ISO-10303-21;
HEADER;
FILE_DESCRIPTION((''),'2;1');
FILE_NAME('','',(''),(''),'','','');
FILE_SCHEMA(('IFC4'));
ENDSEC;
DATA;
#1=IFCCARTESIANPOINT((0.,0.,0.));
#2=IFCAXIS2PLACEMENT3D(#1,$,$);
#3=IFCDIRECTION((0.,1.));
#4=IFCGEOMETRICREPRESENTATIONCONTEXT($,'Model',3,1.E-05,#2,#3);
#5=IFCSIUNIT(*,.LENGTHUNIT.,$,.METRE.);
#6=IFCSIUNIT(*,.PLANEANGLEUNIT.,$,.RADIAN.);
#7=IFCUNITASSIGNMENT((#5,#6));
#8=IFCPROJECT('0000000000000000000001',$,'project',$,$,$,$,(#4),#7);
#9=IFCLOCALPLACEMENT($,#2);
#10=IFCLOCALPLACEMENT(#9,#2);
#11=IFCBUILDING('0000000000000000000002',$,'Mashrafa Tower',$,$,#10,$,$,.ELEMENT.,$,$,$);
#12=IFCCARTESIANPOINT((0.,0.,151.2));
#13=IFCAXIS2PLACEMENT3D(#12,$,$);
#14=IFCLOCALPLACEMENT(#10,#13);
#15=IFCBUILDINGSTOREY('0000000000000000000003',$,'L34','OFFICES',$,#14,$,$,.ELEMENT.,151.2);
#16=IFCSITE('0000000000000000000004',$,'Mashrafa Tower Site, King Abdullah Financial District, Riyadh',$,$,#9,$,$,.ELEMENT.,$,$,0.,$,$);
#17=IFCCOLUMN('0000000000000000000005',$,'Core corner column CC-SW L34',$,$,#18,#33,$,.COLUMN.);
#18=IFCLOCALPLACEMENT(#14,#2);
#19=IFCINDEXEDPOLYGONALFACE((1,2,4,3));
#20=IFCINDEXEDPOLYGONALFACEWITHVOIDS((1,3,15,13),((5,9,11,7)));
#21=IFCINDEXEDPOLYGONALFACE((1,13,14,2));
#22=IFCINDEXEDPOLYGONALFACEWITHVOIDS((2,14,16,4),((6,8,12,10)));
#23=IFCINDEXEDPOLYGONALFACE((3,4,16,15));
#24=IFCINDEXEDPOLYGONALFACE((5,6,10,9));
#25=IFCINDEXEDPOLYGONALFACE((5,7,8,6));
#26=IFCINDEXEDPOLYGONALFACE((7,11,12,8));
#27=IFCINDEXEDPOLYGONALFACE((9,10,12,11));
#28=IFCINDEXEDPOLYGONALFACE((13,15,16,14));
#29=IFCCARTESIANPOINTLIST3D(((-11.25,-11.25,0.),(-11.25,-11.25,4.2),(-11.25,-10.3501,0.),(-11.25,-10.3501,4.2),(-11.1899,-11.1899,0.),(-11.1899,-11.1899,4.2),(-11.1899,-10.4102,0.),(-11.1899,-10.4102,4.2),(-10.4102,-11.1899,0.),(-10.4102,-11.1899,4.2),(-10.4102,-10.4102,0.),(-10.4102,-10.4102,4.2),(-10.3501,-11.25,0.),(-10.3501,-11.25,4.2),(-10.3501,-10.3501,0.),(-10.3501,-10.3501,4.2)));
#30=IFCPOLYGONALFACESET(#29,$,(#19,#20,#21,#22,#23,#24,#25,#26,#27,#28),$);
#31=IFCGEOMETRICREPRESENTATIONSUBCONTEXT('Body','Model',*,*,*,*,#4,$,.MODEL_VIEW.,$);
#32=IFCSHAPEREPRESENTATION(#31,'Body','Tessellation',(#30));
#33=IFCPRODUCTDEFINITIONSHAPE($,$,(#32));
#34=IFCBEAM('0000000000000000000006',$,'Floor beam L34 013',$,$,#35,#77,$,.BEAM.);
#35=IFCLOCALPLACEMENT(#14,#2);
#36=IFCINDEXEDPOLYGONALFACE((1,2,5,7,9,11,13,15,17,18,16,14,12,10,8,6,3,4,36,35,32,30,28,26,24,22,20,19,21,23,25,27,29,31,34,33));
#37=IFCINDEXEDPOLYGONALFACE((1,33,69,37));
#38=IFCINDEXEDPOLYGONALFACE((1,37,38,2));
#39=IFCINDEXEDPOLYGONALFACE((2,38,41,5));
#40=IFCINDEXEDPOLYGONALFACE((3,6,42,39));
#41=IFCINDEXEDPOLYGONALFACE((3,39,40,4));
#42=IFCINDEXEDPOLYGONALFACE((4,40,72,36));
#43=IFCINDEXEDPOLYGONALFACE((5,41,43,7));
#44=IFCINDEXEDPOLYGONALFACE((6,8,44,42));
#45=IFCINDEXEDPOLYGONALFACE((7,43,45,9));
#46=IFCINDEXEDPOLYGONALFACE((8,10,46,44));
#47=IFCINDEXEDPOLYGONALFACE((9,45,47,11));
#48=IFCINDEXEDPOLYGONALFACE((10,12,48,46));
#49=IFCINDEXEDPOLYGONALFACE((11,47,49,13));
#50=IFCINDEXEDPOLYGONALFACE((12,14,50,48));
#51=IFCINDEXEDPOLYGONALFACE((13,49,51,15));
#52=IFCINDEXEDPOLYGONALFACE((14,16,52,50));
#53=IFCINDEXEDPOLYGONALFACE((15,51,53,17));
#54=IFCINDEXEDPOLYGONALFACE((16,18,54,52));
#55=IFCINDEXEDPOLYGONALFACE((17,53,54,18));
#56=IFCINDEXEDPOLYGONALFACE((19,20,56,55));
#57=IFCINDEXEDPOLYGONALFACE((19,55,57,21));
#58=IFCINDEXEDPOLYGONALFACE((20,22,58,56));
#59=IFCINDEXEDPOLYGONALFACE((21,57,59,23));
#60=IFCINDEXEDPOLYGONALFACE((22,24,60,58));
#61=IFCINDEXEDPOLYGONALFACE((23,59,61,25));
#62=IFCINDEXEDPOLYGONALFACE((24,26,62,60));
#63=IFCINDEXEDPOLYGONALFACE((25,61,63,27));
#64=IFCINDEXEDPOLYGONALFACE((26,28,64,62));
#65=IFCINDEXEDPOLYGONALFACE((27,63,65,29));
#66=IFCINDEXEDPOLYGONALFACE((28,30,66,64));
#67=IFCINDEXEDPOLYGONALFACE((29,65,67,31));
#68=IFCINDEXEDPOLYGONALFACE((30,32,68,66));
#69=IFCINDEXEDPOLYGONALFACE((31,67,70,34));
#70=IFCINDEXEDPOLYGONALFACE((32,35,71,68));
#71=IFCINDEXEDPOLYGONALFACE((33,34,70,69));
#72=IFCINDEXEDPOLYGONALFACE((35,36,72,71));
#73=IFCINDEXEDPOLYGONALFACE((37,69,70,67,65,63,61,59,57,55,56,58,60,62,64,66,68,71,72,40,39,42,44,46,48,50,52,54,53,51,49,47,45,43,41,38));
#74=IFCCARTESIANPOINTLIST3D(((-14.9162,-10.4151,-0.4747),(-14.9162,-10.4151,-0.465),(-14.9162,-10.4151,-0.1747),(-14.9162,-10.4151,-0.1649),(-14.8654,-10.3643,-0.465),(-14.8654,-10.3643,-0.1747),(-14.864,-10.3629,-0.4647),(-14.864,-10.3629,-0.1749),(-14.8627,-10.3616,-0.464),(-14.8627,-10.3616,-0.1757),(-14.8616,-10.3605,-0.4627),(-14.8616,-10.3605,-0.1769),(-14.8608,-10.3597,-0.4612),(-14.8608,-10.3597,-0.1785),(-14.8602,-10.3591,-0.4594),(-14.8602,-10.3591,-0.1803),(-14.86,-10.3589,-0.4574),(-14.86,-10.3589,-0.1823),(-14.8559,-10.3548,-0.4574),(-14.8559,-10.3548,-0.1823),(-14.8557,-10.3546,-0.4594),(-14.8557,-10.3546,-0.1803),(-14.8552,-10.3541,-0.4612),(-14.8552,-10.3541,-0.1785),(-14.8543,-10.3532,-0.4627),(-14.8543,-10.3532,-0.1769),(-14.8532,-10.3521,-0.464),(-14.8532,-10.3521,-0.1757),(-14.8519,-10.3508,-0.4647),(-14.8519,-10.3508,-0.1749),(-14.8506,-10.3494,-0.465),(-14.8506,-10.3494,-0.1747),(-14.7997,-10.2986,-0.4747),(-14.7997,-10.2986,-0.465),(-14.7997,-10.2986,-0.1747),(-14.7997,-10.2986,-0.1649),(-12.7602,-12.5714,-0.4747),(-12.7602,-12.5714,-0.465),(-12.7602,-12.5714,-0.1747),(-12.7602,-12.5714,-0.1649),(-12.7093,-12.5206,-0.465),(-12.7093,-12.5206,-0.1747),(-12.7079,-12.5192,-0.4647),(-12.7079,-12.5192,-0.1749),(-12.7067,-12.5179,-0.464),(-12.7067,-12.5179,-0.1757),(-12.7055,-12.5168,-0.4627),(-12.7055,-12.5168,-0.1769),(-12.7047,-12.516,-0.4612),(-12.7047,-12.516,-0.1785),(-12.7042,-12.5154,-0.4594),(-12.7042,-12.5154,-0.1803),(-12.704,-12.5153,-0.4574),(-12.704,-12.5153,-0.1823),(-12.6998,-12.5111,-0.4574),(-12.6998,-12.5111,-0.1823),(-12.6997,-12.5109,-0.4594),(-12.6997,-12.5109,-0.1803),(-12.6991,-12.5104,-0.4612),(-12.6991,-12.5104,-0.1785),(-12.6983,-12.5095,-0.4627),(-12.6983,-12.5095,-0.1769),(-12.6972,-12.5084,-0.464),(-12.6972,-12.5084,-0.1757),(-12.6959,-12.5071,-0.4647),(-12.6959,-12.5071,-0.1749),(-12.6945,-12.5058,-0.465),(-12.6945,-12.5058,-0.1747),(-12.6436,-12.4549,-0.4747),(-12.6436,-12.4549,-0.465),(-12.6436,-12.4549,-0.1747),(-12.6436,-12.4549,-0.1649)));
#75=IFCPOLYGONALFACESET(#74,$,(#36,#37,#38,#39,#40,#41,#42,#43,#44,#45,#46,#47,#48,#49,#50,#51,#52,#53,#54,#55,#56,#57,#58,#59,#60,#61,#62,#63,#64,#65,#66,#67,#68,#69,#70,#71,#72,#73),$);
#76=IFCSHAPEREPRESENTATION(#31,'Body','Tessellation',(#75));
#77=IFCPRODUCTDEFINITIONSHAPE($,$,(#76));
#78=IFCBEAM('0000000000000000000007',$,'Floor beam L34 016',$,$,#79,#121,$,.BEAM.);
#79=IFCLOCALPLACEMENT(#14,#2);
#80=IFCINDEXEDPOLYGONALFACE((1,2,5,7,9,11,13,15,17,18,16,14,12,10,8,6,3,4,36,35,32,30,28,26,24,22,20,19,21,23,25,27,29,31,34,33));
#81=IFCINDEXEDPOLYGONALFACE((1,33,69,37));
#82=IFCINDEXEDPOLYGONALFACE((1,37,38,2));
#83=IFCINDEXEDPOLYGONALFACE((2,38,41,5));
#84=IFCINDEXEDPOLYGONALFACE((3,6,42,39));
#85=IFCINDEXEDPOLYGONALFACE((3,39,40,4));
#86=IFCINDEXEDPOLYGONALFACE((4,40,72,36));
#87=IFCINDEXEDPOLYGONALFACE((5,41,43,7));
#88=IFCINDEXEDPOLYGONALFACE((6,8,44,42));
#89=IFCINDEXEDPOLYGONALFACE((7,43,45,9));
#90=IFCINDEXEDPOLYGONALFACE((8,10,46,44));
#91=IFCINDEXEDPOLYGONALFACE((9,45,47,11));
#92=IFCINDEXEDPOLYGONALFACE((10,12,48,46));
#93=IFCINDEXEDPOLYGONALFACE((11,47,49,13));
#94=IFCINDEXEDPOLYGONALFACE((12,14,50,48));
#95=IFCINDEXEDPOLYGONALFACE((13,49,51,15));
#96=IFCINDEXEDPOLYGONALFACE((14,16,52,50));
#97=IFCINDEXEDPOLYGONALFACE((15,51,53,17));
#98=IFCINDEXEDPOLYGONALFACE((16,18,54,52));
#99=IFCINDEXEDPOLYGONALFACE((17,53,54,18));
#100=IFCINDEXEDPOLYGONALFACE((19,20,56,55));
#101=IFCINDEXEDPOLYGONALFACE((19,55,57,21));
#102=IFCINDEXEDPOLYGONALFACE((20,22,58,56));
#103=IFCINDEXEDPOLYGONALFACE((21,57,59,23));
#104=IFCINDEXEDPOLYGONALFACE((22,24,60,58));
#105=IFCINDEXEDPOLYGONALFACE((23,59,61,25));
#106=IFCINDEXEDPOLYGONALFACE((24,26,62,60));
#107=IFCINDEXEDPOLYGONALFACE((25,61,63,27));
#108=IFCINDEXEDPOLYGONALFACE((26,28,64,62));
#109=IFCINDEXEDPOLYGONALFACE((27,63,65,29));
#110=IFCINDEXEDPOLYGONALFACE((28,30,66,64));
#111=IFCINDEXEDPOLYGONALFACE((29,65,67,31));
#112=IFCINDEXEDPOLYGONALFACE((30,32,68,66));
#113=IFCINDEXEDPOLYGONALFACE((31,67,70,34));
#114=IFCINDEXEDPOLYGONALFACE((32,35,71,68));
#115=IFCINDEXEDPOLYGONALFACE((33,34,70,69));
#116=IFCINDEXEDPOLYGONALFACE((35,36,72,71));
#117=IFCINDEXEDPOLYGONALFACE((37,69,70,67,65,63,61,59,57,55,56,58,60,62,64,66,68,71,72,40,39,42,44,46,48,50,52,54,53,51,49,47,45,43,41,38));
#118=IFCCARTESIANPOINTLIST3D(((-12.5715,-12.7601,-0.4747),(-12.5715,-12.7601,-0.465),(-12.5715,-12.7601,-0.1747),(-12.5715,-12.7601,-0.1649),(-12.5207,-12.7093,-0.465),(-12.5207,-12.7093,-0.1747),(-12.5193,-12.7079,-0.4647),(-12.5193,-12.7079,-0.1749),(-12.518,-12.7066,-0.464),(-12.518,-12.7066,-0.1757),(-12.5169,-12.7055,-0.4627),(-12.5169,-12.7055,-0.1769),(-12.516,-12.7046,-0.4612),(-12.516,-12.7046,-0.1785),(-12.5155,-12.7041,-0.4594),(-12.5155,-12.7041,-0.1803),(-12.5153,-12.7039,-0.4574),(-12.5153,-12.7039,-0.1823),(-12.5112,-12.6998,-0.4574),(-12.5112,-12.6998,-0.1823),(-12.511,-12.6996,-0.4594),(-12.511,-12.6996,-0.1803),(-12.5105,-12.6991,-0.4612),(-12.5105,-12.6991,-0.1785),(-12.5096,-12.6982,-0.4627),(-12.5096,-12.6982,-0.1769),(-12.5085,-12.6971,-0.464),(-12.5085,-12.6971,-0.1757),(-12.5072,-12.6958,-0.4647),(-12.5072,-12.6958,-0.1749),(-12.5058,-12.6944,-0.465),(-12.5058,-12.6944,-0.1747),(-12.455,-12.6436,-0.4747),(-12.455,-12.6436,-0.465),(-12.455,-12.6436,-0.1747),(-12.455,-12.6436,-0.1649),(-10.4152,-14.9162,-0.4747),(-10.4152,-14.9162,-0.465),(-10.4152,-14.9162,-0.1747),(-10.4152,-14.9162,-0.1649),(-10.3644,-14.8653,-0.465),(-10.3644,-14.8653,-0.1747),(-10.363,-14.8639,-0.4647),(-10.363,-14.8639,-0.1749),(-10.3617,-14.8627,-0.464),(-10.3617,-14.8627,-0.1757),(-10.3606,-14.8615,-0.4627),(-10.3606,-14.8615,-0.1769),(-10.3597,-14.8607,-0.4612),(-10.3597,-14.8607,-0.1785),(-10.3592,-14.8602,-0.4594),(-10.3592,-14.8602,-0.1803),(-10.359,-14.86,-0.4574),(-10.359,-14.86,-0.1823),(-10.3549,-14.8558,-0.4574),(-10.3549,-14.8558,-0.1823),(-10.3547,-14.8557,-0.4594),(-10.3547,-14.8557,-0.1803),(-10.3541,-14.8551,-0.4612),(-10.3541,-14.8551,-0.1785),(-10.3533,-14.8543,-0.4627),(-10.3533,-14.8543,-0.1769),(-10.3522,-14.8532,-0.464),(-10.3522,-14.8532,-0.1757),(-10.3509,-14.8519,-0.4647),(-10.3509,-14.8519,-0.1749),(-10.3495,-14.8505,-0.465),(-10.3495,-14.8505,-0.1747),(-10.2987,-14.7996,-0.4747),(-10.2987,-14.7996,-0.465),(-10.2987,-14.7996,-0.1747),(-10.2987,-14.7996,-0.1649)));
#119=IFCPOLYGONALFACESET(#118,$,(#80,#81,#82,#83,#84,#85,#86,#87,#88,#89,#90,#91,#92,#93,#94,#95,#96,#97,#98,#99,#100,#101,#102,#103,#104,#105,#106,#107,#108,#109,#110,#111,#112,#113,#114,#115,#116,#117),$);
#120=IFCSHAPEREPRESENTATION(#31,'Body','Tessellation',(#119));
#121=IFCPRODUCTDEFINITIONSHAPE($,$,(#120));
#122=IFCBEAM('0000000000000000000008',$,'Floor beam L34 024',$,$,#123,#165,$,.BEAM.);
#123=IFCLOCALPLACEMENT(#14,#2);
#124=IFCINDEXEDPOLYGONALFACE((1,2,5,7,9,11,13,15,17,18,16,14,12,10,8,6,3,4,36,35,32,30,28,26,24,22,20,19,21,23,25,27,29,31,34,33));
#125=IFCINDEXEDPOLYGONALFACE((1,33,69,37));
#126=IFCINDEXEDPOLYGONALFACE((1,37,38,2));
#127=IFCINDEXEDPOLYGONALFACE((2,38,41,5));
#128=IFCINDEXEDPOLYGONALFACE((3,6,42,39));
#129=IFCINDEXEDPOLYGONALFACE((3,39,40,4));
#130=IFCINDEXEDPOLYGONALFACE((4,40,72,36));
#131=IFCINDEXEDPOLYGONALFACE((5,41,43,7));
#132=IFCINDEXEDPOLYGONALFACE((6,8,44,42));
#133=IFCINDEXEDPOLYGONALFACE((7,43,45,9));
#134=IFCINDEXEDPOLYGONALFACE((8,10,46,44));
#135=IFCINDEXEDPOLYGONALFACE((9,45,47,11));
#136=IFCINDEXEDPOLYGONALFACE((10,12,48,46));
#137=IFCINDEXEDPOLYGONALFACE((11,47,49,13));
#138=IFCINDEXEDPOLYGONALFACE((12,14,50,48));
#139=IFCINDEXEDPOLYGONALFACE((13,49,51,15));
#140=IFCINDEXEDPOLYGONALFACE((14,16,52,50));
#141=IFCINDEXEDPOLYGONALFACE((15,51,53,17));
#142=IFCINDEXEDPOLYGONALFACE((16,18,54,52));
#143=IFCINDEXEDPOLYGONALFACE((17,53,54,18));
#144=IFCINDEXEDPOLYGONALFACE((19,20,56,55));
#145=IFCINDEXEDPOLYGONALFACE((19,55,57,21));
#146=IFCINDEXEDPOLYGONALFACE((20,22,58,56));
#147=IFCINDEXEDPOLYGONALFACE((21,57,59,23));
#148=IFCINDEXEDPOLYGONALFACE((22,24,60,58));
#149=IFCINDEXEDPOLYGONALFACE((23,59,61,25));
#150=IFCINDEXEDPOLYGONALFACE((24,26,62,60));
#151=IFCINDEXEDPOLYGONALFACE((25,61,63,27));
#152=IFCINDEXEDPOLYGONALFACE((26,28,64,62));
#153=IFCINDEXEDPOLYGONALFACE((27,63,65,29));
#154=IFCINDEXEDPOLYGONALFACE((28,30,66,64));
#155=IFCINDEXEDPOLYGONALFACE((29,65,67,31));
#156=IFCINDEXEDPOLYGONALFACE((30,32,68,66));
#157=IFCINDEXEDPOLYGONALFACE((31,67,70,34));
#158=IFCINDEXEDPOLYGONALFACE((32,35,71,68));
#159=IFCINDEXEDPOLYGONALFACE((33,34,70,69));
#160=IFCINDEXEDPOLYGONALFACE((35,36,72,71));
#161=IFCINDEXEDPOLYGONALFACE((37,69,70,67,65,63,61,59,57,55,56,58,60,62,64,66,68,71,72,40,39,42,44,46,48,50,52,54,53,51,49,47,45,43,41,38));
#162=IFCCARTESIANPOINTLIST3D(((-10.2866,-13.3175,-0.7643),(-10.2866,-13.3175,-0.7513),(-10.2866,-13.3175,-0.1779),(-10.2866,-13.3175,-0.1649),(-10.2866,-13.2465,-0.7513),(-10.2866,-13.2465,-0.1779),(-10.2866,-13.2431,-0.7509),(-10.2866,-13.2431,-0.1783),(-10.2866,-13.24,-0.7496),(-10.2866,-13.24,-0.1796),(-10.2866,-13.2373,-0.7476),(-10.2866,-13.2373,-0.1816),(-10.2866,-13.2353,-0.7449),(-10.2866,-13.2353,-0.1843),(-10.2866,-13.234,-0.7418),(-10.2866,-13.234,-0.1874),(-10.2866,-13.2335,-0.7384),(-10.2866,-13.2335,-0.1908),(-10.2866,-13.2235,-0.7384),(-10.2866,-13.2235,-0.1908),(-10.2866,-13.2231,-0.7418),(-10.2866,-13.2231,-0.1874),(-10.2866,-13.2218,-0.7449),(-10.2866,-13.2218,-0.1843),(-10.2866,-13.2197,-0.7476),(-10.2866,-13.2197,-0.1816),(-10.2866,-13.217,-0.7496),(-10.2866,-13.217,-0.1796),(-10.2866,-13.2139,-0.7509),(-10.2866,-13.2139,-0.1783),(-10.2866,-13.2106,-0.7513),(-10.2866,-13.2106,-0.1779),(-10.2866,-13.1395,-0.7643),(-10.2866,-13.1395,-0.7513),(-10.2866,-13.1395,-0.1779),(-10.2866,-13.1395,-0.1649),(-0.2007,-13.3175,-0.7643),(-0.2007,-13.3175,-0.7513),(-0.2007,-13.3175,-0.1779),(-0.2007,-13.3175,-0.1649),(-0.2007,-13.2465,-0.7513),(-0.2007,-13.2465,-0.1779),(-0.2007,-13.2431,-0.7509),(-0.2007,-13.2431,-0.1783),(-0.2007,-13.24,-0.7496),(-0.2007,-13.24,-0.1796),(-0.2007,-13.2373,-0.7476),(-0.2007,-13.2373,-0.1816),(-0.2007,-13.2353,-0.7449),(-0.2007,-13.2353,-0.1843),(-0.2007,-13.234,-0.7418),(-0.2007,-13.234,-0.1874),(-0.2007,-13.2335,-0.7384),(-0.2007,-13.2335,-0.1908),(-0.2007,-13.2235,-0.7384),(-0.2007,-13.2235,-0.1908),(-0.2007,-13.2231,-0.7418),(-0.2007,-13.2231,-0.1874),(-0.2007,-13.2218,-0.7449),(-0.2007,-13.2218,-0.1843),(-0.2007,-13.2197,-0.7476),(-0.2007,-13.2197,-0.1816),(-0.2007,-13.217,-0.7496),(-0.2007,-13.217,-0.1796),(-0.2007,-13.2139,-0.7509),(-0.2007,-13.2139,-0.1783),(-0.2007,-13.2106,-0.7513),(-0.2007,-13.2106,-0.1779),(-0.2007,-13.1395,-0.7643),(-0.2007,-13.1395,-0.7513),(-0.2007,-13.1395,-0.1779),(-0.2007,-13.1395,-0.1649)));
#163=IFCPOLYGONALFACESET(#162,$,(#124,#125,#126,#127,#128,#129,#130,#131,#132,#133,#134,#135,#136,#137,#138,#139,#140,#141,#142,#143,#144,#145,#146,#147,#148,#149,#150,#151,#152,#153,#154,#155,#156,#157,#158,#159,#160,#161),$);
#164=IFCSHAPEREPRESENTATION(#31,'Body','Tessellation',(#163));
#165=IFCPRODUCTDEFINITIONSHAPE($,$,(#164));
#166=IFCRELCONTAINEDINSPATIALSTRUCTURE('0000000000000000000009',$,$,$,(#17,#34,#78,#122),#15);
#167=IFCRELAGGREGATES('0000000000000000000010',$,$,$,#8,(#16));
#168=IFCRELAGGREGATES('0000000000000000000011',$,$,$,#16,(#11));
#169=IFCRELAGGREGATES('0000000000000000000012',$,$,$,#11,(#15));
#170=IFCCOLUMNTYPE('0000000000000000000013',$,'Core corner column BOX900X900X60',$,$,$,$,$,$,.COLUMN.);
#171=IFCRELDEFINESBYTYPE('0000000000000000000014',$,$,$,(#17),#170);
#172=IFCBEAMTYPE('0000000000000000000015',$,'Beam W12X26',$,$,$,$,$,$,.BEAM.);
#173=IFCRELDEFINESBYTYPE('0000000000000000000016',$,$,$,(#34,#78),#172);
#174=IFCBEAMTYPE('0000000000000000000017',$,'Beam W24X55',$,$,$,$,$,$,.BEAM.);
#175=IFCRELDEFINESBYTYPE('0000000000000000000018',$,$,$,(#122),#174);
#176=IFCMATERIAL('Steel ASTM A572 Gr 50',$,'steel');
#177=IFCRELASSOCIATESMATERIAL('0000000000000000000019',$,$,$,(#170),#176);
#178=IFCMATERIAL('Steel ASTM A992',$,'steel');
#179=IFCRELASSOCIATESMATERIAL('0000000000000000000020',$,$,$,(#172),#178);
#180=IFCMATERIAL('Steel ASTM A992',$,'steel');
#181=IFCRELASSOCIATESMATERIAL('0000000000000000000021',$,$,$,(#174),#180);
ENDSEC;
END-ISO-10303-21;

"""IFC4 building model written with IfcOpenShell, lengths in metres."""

from ifc_helpers import new_model, si_unit, direction, frame, origin, origin_2d, place, context, subcontext, project, spatial, hollow_rectangle, i_section, extrude, material, material_profile, profile_set, type_object, element, save


model = new_model("IFC4")

# Units and contexts
model_context = context("Model", 3, precision=1e-05, world=origin(), true_north=direction((0.0, 1.0)))
body_context = subcontext(model_context, "Body", "Model", "MODEL_VIEW")
ifc_project = project(units=[si_unit("LENGTHUNIT", "METRE"), si_unit("PLANEANGLEUNIT", "RADIAN")], contexts=[model_context])

# Site, building, storey
site_placement = place(None, origin())
site = spatial("IfcSite", under=ifc_project, at=site_placement, Name="Mashrafa Tower Site, King Abdullah Financial District, Riyadh", CompositionType="ELEMENT", RefElevation=0.0)
building_placement = place(site_placement, origin())
building = spatial("IfcBuilding", under=site, at=building_placement, Name="Mashrafa Tower", CompositionType="ELEMENT")
storey_placement = place(building_placement, frame((0.0, 0.0, 151.2)))
storey = spatial("IfcBuildingStorey", under=building, at=storey_placement, Name="L34", Description="OFFICES", CompositionType="ELEMENT", Elevation=151.2)

# Column
ifc_material_1 = material(Name="Steel ASTM A572 Gr 50", Category="steel")
ifc_material_profile_1 = material_profile(ifc_material_1, hollow_rectangle(XDim=0.8999, YDim=0.8999, WallThickness=0.0601, at=origin_2d()), Name="BOX900X900X60")
ifc_profile_set_1 = profile_set([ifc_material_profile_1], Name="Steel ASTM A572 Gr 50")
column_type = type_object("IfcColumnType", Name="Core corner column BOX900X900X60", PredefinedType="COLUMN", material=ifc_profile_set_1)
column_placement = place(storey_placement, frame((-10.8, -10.8, 0.0), z_axis=(0.0, 0.0, 1.0), x_axis=(1.0, 0.0, 0.0)))
element("IfcColumn", 1, at=column_placement, inside=storey, type_object=column_type, Name="Core corner column CC-SW L34", PredefinedType="COLUMN", context=body_context, shape_type="SweptSolid", body=[
    extrude(hollow_rectangle(XDim=0.8999, YDim=0.8999, WallThickness=0.0601, at=origin_2d()), origin(), (0.0, 0.0, 1.0), 4.2),
])

# Beams
ifc_material_2 = material(Name="Steel ASTM A992", Category="steel")
ifc_material_profile_2 = material_profile(ifc_material_2, i_section(OverallWidth=0.1648, OverallDepth=0.3098, WebThickness=0.0059, FlangeThickness=0.0098, FilletRadius=0.0076, at=origin_2d()), Name="W12X26")
ifc_profile_set_2 = profile_set([ifc_material_profile_2], Name="Steel ASTM A992")
beam_type_1 = type_object("IfcBeamType", Name="Beam W12X26", PredefinedType="BEAM", material=ifc_profile_set_2)
for number, where, z_axis, x_axis, name in (
    (2, (-12.7019, -12.5132, -0.3198), (-0.707067, 0.707147, 0.0), (-0.707147, -0.707067, 0.0), "Floor beam L34 013"),
    (3, (-10.3569, -14.8579, -0.3198), (-0.707147, 0.707067, 0.0), (-0.707067, -0.707147, 0.0), "Floor beam L34 016"),
):
    element("IfcBeam", number, at=place(storey_placement, frame(where, z_axis=z_axis, x_axis=x_axis)), inside=storey, type_object=beam_type_1, Name=name, PredefinedType="BEAM", context=body_context, shape_type="SweptSolid", body=[
        extrude(i_section(OverallWidth=0.1648, OverallDepth=0.3098, WebThickness=0.0059, FlangeThickness=0.0098, FilletRadius=0.0076, at=origin_2d()), origin(), (0.0, 0.0, 1.0), 3.0493),
    ])
ifc_material_3 = material(Name="Steel ASTM A992", Category="steel")
ifc_material_profile_3 = material_profile(ifc_material_3, i_section(OverallWidth=0.178, OverallDepth=0.5994, WebThickness=0.01, FlangeThickness=0.0129, FilletRadius=0.0129, at=origin_2d()), Name="W24X55")
ifc_profile_set_3 = profile_set([ifc_material_profile_3], Name="Steel ASTM A992")
beam_type_2 = type_object("IfcBeamType", Name="Beam W24X55", PredefinedType="BEAM", material=ifc_profile_set_3)
beam_1_placement = place(storey_placement, frame((-0.2007, -13.2285, -0.4646), z_axis=(-1.0, 0.0, 0.0), x_axis=(0.0, -1.0, 0.0)))
element("IfcBeam", 4, at=beam_1_placement, inside=storey, type_object=beam_type_2, Name="Floor beam L34 024", PredefinedType="BEAM", context=body_context, shape_type="SweptSolid", body=[
    extrude(i_section(OverallWidth=0.178, OverallDepth=0.5994, WebThickness=0.01, FlangeThickness=0.0129, FilletRadius=0.0129, at=origin_2d()), origin(), (0.0, 0.0, 1.0), 10.0859),
])

save(model, "model.ifc")
